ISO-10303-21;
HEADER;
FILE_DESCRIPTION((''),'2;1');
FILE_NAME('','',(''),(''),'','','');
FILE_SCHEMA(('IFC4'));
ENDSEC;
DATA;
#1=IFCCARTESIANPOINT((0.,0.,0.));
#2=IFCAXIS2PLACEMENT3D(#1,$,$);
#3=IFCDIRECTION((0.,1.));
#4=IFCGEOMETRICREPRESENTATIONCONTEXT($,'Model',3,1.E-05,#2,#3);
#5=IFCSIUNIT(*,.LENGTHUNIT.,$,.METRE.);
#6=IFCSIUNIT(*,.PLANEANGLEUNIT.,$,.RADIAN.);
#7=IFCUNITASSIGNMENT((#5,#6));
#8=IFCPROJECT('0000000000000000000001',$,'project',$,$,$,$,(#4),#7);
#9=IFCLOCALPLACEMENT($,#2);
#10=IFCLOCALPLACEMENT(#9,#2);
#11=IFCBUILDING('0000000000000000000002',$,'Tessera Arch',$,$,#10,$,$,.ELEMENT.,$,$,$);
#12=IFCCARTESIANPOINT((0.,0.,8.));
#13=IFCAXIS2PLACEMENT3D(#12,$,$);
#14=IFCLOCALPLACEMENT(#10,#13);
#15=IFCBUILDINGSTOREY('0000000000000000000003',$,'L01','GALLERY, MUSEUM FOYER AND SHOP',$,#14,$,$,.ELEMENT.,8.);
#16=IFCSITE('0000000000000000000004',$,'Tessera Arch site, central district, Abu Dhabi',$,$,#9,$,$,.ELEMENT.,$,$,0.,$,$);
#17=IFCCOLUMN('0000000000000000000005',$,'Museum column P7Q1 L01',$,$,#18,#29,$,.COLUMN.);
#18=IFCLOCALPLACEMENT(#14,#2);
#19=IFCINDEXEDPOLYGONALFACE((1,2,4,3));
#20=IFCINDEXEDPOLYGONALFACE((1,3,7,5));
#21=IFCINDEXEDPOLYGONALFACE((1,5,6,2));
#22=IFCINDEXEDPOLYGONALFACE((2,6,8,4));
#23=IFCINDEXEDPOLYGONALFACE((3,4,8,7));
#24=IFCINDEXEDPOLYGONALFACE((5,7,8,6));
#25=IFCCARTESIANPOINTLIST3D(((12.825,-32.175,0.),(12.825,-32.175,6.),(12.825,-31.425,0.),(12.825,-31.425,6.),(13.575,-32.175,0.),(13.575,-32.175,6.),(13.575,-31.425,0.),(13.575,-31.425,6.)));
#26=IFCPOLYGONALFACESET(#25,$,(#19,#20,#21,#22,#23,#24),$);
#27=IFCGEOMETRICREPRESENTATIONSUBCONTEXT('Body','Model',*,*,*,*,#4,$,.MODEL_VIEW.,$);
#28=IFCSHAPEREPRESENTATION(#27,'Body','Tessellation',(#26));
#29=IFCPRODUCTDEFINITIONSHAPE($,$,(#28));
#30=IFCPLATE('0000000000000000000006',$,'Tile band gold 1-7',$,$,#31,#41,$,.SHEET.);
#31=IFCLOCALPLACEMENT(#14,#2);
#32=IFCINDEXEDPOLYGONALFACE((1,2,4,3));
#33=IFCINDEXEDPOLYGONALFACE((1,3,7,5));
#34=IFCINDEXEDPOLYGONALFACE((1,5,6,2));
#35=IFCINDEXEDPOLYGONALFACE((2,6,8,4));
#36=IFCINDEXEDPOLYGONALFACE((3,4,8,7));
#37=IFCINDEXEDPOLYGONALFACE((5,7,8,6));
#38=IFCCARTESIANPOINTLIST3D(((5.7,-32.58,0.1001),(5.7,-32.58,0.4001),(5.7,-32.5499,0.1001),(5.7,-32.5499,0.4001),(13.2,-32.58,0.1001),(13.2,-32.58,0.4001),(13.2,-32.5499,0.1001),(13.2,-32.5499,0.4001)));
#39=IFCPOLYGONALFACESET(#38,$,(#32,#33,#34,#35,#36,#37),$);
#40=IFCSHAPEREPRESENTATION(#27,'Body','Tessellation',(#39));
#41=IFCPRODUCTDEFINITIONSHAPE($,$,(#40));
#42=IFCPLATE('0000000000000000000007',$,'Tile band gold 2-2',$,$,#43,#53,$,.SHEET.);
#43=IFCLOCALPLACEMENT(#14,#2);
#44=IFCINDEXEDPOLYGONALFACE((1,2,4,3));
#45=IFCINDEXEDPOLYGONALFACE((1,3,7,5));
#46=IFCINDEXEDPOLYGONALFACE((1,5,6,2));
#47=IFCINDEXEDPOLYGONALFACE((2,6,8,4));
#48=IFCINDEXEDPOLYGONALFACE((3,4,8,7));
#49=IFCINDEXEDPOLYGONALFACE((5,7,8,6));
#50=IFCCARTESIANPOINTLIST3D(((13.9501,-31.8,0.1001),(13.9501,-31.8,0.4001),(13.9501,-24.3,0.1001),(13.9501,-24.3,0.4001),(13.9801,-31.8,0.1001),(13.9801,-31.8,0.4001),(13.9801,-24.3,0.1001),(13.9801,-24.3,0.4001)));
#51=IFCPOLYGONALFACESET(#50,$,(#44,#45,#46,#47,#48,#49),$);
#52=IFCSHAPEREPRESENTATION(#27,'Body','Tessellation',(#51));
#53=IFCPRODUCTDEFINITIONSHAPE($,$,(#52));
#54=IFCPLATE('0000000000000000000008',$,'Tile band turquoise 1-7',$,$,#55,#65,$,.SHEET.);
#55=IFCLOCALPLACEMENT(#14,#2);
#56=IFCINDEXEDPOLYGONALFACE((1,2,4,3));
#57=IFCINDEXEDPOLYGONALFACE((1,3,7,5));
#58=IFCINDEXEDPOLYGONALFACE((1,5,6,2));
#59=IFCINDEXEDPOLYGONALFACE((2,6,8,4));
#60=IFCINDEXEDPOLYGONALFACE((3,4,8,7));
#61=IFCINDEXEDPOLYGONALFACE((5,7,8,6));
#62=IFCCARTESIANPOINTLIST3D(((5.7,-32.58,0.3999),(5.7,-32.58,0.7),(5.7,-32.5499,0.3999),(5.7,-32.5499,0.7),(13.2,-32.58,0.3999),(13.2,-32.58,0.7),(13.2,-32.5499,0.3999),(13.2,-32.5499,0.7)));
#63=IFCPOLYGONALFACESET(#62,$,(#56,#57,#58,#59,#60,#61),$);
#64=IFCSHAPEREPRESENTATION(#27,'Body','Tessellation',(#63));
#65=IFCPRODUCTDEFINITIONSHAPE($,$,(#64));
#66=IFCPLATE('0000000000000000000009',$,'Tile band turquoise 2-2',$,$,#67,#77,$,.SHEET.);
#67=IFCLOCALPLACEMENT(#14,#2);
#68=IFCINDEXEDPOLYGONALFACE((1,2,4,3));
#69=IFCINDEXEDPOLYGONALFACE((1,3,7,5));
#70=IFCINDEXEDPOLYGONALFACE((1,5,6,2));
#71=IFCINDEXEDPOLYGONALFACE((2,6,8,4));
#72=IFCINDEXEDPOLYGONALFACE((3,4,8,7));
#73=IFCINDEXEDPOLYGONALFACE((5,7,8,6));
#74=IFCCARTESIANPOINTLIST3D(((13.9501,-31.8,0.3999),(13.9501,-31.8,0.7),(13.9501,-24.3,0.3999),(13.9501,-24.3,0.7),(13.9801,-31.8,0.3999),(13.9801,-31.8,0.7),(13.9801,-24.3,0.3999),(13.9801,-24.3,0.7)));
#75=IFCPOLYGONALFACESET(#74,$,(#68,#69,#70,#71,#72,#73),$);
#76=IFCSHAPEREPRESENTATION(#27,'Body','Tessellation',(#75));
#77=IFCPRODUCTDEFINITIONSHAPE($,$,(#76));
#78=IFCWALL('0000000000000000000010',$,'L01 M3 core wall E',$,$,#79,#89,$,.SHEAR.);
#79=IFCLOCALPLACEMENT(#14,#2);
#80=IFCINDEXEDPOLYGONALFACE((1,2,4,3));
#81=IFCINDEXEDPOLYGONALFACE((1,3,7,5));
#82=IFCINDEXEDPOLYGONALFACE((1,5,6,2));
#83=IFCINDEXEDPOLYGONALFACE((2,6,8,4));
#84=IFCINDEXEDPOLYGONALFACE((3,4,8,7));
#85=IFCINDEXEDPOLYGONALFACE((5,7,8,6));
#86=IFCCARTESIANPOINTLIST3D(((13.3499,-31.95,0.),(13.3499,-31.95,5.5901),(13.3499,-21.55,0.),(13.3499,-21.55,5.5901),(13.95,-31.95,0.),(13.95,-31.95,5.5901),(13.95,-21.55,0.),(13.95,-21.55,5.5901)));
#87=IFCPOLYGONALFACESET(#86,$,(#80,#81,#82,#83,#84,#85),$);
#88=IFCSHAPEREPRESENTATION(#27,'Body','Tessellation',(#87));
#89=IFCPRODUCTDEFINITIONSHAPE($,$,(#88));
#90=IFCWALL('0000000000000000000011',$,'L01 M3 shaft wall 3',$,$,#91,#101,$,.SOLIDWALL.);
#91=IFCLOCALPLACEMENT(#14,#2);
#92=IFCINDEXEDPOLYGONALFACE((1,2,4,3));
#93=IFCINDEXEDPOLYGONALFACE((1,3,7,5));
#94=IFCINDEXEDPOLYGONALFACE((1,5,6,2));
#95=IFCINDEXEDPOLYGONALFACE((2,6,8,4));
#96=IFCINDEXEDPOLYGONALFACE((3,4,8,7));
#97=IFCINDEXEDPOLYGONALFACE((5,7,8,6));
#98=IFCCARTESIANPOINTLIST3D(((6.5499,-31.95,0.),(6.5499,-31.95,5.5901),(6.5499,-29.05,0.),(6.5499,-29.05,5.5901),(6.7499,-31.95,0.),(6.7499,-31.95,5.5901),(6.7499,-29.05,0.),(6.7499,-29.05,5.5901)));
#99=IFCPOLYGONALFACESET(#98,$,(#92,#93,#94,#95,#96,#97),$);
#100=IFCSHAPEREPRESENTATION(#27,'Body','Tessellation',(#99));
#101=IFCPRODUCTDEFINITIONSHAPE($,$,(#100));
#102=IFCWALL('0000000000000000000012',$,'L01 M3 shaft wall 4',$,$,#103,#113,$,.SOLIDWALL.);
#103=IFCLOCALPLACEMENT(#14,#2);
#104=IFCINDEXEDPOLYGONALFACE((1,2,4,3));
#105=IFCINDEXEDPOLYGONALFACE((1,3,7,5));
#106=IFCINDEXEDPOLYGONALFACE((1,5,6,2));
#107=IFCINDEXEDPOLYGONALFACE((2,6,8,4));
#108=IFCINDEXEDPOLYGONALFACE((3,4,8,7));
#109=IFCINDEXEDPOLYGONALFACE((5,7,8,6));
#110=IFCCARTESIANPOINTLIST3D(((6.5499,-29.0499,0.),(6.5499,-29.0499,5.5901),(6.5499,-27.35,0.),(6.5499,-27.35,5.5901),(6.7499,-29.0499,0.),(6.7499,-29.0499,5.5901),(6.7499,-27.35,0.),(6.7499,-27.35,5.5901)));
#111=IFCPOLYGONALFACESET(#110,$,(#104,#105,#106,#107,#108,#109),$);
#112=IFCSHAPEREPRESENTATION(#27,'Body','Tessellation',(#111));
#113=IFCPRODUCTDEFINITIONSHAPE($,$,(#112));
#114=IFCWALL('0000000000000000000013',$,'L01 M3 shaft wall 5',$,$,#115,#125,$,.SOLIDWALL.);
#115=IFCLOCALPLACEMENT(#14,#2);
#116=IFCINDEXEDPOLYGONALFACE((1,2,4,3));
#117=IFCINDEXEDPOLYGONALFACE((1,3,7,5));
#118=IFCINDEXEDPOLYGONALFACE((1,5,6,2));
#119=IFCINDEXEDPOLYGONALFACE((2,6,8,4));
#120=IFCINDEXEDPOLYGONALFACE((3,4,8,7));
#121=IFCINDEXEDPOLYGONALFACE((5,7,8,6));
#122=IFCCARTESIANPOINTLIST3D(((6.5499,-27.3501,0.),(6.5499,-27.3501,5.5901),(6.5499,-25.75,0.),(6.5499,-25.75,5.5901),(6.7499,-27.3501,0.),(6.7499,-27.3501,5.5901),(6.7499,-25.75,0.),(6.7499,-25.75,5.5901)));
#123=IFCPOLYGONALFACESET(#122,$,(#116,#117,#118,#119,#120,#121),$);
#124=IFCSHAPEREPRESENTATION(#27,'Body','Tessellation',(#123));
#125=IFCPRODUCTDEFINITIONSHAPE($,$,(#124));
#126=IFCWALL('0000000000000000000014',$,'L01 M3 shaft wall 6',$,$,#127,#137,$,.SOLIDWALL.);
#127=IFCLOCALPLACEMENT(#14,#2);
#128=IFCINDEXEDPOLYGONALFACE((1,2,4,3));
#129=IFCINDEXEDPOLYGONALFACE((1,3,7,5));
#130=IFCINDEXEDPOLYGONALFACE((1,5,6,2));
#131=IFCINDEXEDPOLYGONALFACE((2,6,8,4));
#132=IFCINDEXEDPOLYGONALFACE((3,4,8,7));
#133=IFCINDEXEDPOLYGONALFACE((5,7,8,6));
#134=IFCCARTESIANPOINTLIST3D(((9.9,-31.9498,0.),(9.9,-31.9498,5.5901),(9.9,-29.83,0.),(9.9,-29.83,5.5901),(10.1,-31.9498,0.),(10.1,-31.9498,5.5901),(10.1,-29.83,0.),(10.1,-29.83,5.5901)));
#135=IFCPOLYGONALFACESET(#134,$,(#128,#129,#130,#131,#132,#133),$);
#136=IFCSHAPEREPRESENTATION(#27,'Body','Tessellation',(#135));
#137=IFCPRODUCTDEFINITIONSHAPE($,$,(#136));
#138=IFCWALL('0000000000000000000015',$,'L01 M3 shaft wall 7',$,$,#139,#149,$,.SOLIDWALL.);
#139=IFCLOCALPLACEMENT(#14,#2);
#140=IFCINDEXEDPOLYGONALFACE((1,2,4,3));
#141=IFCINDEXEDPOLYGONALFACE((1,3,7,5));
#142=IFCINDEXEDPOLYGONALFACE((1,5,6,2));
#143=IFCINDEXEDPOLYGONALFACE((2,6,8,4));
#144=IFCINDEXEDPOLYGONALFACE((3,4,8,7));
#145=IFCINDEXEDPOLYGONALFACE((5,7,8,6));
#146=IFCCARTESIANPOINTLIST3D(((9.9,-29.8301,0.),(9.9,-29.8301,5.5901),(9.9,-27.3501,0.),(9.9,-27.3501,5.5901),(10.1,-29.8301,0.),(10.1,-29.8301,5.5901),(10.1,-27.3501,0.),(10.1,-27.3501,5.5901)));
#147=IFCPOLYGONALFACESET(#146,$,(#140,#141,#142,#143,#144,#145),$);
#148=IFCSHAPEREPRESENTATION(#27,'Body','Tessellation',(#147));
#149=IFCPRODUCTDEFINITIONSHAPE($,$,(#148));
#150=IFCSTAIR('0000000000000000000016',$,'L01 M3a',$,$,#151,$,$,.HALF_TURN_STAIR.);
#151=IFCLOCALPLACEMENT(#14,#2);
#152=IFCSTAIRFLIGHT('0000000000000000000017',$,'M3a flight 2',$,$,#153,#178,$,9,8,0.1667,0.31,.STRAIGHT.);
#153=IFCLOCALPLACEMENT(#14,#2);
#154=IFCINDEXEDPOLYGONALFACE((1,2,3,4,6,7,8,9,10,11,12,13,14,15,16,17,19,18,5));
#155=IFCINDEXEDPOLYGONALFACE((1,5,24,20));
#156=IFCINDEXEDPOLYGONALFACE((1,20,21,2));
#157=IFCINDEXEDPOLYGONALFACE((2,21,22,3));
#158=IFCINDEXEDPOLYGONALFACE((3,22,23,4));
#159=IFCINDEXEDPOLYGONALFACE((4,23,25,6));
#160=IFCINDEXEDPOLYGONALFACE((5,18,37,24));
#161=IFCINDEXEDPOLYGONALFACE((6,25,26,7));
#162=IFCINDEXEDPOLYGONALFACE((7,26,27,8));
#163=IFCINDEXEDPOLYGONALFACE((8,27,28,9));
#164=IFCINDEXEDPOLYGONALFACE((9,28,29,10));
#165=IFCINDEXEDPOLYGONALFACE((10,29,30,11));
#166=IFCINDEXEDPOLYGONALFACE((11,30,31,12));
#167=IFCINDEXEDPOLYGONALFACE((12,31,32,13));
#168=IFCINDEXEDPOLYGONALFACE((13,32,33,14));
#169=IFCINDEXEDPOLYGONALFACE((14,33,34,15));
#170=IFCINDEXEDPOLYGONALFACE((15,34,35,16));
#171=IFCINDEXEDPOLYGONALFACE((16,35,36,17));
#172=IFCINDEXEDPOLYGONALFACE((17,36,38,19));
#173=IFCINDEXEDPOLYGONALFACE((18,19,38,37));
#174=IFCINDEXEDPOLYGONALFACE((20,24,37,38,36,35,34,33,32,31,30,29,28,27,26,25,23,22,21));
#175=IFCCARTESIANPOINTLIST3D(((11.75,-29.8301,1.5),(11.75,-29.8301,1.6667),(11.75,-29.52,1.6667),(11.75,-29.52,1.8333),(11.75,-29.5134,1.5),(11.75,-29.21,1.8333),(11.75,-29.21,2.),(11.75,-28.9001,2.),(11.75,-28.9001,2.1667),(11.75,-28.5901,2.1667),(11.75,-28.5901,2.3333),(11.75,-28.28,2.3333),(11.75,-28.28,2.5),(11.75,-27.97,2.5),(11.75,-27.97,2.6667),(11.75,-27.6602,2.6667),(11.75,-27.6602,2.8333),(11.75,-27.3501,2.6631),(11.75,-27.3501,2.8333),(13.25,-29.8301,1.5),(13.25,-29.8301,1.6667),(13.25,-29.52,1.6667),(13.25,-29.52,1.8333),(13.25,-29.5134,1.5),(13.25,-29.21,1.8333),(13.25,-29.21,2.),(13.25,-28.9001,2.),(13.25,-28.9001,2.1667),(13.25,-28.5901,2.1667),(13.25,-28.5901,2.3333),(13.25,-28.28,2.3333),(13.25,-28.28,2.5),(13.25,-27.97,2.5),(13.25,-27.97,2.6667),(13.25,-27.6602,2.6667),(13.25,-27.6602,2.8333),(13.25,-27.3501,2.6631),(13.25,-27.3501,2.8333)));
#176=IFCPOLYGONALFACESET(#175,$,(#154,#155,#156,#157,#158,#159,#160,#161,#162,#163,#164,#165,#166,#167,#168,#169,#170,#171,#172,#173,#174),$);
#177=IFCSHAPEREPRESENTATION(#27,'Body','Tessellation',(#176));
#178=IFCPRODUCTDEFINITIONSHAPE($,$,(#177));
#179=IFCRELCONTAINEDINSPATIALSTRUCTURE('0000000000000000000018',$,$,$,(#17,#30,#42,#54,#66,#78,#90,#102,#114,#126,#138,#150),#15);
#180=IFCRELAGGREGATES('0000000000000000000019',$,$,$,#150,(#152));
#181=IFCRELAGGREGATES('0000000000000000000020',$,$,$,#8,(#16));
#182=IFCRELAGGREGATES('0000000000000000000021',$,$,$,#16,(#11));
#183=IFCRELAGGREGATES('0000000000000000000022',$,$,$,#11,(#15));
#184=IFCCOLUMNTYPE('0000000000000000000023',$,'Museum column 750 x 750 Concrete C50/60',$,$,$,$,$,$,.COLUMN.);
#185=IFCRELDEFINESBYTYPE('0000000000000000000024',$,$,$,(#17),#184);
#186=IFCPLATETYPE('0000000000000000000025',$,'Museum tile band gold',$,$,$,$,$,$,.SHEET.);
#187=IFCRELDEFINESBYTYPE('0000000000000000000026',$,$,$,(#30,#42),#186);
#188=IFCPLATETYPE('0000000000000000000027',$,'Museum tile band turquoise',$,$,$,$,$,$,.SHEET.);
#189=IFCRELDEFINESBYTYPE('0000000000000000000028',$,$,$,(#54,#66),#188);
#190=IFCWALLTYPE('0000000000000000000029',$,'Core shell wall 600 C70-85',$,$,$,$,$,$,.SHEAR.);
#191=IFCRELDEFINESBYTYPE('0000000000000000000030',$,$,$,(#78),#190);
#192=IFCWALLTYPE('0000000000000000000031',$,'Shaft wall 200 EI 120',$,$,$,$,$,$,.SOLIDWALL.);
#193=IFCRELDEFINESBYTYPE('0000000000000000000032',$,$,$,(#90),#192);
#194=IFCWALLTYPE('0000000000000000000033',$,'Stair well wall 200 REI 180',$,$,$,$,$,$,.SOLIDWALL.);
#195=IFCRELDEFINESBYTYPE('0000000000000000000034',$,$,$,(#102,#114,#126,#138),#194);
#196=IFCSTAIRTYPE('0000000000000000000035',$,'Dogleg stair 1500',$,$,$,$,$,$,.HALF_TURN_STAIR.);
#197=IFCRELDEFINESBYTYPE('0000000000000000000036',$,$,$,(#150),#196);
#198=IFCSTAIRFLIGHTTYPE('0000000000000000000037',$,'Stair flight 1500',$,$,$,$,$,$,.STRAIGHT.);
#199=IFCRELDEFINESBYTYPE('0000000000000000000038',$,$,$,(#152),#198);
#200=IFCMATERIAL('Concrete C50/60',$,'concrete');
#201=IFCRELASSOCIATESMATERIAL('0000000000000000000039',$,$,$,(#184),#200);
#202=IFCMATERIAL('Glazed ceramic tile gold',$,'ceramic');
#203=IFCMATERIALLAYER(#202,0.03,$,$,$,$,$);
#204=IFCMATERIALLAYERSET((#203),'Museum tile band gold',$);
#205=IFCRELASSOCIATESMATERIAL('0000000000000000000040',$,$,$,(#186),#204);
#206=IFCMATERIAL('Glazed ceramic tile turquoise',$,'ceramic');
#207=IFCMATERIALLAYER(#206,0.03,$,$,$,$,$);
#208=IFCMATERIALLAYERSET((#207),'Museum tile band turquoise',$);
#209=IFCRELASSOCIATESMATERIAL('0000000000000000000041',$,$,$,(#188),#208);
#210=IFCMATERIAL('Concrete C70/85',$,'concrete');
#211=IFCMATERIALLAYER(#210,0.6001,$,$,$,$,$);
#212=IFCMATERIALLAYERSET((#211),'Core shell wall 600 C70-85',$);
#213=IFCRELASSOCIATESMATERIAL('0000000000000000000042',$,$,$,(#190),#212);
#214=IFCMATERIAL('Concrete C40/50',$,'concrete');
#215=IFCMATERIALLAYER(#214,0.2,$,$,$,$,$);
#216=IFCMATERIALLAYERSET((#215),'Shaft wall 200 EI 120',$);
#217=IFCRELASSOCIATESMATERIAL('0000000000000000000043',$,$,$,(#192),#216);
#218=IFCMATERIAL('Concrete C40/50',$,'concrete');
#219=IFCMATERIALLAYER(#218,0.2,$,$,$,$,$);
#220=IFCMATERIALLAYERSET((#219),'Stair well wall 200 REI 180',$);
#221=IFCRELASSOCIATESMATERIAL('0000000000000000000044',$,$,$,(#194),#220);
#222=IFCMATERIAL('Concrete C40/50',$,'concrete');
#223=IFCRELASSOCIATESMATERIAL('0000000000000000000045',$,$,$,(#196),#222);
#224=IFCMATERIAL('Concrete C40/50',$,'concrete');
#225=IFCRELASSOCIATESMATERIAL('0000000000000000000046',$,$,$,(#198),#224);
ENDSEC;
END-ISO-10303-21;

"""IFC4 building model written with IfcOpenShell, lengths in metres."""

from ifc_helpers import new_model, si_unit, direction, frame, frame_2d, origin, origin_2d, place, context, subcontext, project, spatial, polyline, rectangle, outline, extrude, material, layer, layer_set, material_profile, profile_set, type_object, element, aggregate, save


model = new_model("IFC4")

# Units and contexts
model_context = context("Model", 3, precision=1e-05, world=origin(), true_north=direction((0.0, 1.0)))
body_context = subcontext(model_context, "Body", "Model", "MODEL_VIEW")
ifc_project = project(units=[si_unit("LENGTHUNIT", "METRE"), si_unit("PLANEANGLEUNIT", "RADIAN")], contexts=[model_context])

# Site, building, storey
site_placement = place(None, origin())
site = spatial("IfcSite", under=ifc_project, at=site_placement, Name="Tessera Arch site, central district, Abu Dhabi", CompositionType="ELEMENT", RefElevation=0.0)
building_placement = place(site_placement, origin())
building = spatial("IfcBuilding", under=site, at=building_placement, Name="Tessera Arch", CompositionType="ELEMENT")
storey_placement = place(building_placement, frame((0.0, 0.0, 8.0)))
storey = spatial("IfcBuildingStorey", under=building, at=storey_placement, Name="L01", Description="GALLERY, MUSEUM FOYER AND SHOP", CompositionType="ELEMENT", Elevation=8.0)

# Column
ifc_material_1 = material(Name="Concrete C50/60", Category="concrete")
ifc_material_profile = material_profile(ifc_material_1, rectangle(XDim=0.75, YDim=0.75, at=origin_2d()), Name="Museum column 750 x 750 Concrete C50/60")
ifc_profile_set = profile_set([ifc_material_profile], Name="Concrete C50/60")
column_type = type_object("IfcColumnType", Name="Museum column 750 x 750 Concrete C50/60", PredefinedType="COLUMN", material=ifc_profile_set)
column_placement = place(storey_placement, frame((13.2, -31.8, 0.0), z_axis=(0.0, 0.0, 1.0), x_axis=(1.0, 0.0, 0.0)))
element("IfcColumn", 1, at=column_placement, inside=storey, type_object=column_type, Name="Museum column P7Q1 L01", PredefinedType="COLUMN", context=body_context, shape_type="SweptSolid", body=[
    extrude(rectangle(XDim=0.75, YDim=0.75, at=origin_2d()), origin(), (0.0, 0.0, 1.0), 6.0),
])

# Plates
ifc_material_2 = material(Name="Glazed ceramic tile gold", Category="ceramic")
ifc_layer_1 = layer(ifc_material_2, 0.03)
ifc_layer_set_1 = layer_set([ifc_layer_1], Name="Museum tile band gold")
plate_type_1 = type_object("IfcPlateType", Name="Museum tile band gold", PredefinedType="SHEET", material=ifc_layer_set_1)
for number, where, z_axis, x_axis, name in (
    (2, (9.45, -32.5649, 0.1001), (0.0, 0.0, 1.0), (1.0, 0.0, 0.0), "Tile band gold 1-7"),
    (3, (13.9651, -28.05, 0.1001), (0.0, 0.0, 1.0), (0.0, 1.0, 0.0), "Tile band gold 2-2"),
):
    element("IfcPlate", number, at=place(storey_placement, frame(where, z_axis=z_axis, x_axis=x_axis)), inside=storey, type_object=plate_type_1, Name=name, PredefinedType="SHEET", context=body_context, shape_type="SweptSolid", body=[
        extrude(rectangle(XDim=7.5, YDim=0.03, at=origin_2d()), origin(), (0.0, 0.0, 1.0), 0.3),
    ])
ifc_material_3 = material(Name="Glazed ceramic tile turquoise", Category="ceramic")
ifc_layer_2 = layer(ifc_material_3, 0.03)
ifc_layer_set_2 = layer_set([ifc_layer_2], Name="Museum tile band turquoise")
plate_type_2 = type_object("IfcPlateType", Name="Museum tile band turquoise", PredefinedType="SHEET", material=ifc_layer_set_2)
for number, where, z_axis, x_axis, name in (
    (4, (9.45, -32.5649, 0.3999), (0.0, 0.0, 1.0), (1.0, 0.0, 0.0), "Tile band turquoise 1-7"),
    (5, (13.9651, -28.05, 0.3999), (0.0, 0.0, 1.0), (0.0, 1.0, 0.0), "Tile band turquoise 2-2"),
):
    element("IfcPlate", number, at=place(storey_placement, frame(where, z_axis=z_axis, x_axis=x_axis)), inside=storey, type_object=plate_type_2, Name=name, PredefinedType="SHEET", context=body_context, shape_type="SweptSolid", body=[
        extrude(rectangle(XDim=7.5, YDim=0.03, at=origin_2d()), origin(), (0.0, 0.0, 1.0), 0.3),
    ])

# Walls
ifc_material_4 = material(Name="Concrete C70/85", Category="concrete")
ifc_layer_3 = layer(ifc_material_4, 0.6001)
ifc_layer_set_3 = layer_set([ifc_layer_3], Name="Core shell wall 600 C70-85")
wall_type_1 = type_object("IfcWallType", Name="Core shell wall 600 C70-85", PredefinedType="SHEAR", material=ifc_layer_set_3)
wall_1_placement = place(storey_placement, frame((13.6499, -31.95, 0.0), z_axis=(0.0, 0.0, 1.0), x_axis=(0.0, 1.0, 0.0)))
element("IfcWall", 6, at=wall_1_placement, inside=storey, type_object=wall_type_1, Name="L01 M3 core wall E", PredefinedType="SHEAR", context=body_context, shape_type="SweptSolid", body=[
    extrude(rectangle(XDim=10.3999, YDim=0.6001, at=frame_2d((5.2, 0.0))), origin(), (0.0, 0.0, 1.0), 5.5901),
])
ifc_material_5 = material(Name="Concrete C40/50", Category="concrete")
ifc_layer_4 = layer(ifc_material_5, 0.2)
ifc_layer_set_4 = layer_set([ifc_layer_4], Name="Shaft wall 200 EI 120")
wall_type_2 = type_object("IfcWallType", Name="Shaft wall 200 EI 120", PredefinedType="SOLIDWALL", material=ifc_layer_set_4)
wall_2_placement = place(storey_placement, frame((6.6499, -31.95, 0.0), z_axis=(0.0, 0.0, 1.0), x_axis=(0.0, 1.0, 0.0)))
element("IfcWall", 7, at=wall_2_placement, inside=storey, type_object=wall_type_2, Name="L01 M3 shaft wall 3", PredefinedType="SOLIDWALL", context=body_context, shape_type="SweptSolid", body=[
    extrude(rectangle(XDim=2.8999, YDim=0.2, at=frame_2d((1.45, 0.0))), origin(), (0.0, 0.0, 1.0), 5.5901),
])
ifc_material_6 = material(Name="Concrete C40/50", Category="concrete")
ifc_layer_5 = layer(ifc_material_6, 0.2)
ifc_layer_set_5 = layer_set([ifc_layer_5], Name="Stair well wall 200 REI 180")
wall_type_3 = type_object("IfcWallType", Name="Stair well wall 200 REI 180", PredefinedType="SOLIDWALL", material=ifc_layer_set_5)
wall_3_placement = place(storey_placement, frame((6.6499, -29.05, 0.0), z_axis=(0.0, 0.0, 1.0), x_axis=(0.0, 1.0, 0.0)))
element("IfcWall", 8, at=wall_3_placement, inside=storey, type_object=wall_type_3, Name="L01 M3 shaft wall 4", PredefinedType="SOLIDWALL", context=body_context, shape_type="SweptSolid", body=[
    extrude(rectangle(XDim=1.7, YDim=0.2, at=frame_2d((0.8501, 0.0))), origin(), (0.0, 0.0, 1.0), 5.5901),
])
wall_4_placement = place(storey_placement, frame((6.6499, -27.3501, 0.0), z_axis=(0.0, 0.0, 1.0), x_axis=(0.0, 1.0, 0.0)))
element("IfcWall", 9, at=wall_4_placement, inside=storey, type_object=wall_type_3, Name="L01 M3 shaft wall 5", PredefinedType="SOLIDWALL", context=body_context, shape_type="SweptSolid", body=[
    extrude(rectangle(XDim=1.6001, YDim=0.2, at=frame_2d((0.8, 0.0))), origin(), (0.0, 0.0, 1.0), 5.5901),
])
wall_5_placement = place(storey_placement, frame((10.0, -31.95, 0.0), z_axis=(0.0, 0.0, 1.0), x_axis=(0.0, 1.0, 0.0)))
element("IfcWall", 10, at=wall_5_placement, inside=storey, type_object=wall_type_3, Name="L01 M3 shaft wall 6", PredefinedType="SOLIDWALL", context=body_context, shape_type="SweptSolid", body=[
    extrude(rectangle(XDim=2.1199, YDim=0.2, at=frame_2d((1.0601, 0.0))), origin(), (0.0, 0.0, 1.0), 5.5901),
])
wall_6_placement = place(storey_placement, frame((10.0, -29.8301, 0.0), z_axis=(0.0, 0.0, 1.0), x_axis=(0.0, 1.0, 0.0)))
element("IfcWall", 11, at=wall_6_placement, inside=storey, type_object=wall_type_3, Name="L01 M3 shaft wall 7", PredefinedType="SOLIDWALL", context=body_context, shape_type="SweptSolid", body=[
    extrude(rectangle(XDim=2.48, YDim=0.2, at=frame_2d((1.24, 0.0))), origin(), (0.0, 0.0, 1.0), 5.5901),
])

# Stair, stair flight
ifc_material_7 = material(Name="Concrete C40/50", Category="concrete")
stair_type = type_object("IfcStairType", Name="Dogleg stair 1500", PredefinedType="HALF_TURN_STAIR", material=ifc_material_7)
stair_1_placement = place(storey_placement, origin())
stair_1 = element("IfcStair", 12, at=stair_1_placement, inside=storey, type_object=stair_type, Name="L01 M3a", PredefinedType="HALF_TURN_STAIR")
ifc_material_8 = material(Name="Concrete C40/50", Category="concrete")
stair_flight_type = type_object("IfcStairFlightType", Name="Stair flight 1500", PredefinedType="STRAIGHT", material=ifc_material_8)
stair_flight_1_placement = place(storey_placement, frame((12.5, -29.8301, 1.5), z_axis=(0.0, 0.0, 1.0), x_axis=(0.0, 1.0, 0.0)))
stair_flight_1 = element("IfcStairFlight", 13, at=stair_flight_1_placement, type_object=stair_flight_type, Name="M3a flight 2", NumberOfRisers=9, NumberOfTreads=8, PredefinedType="STRAIGHT", RiserHeight=0.1667, TreadLength=0.31, context=body_context, shape_type="SweptSolid", body=[
    extrude(outline(polyline([(0.0, 0.0), (0.0, 0.1667), (0.3101, 0.1667), (0.3101, 0.3333), (0.6201, 0.3333), (0.6201, 0.5), (0.9299, 0.5), (0.9299, 0.6667), (1.24, 0.6667), (1.24, 0.8333), (1.55, 0.8333), (1.55, 1.0), (1.8601, 1.0), (1.8601, 1.1667), (2.1699, 1.1667), (2.1699, 1.3333), (2.48, 1.3333), (2.48, 1.5), (2.48, 1.1631), (0.3167, 0.0), (0.0, 0.0)])), frame((0.0, 0.75, 0.0), z_axis=(0.0, -1.0, 0.0), x_axis=(1.0, 0.0, 0.0)), (0.0, 0.0, 1.0), 1.5),
])
aggregate(stair_1, [stair_flight_1])

save(model, "model.ifc")
